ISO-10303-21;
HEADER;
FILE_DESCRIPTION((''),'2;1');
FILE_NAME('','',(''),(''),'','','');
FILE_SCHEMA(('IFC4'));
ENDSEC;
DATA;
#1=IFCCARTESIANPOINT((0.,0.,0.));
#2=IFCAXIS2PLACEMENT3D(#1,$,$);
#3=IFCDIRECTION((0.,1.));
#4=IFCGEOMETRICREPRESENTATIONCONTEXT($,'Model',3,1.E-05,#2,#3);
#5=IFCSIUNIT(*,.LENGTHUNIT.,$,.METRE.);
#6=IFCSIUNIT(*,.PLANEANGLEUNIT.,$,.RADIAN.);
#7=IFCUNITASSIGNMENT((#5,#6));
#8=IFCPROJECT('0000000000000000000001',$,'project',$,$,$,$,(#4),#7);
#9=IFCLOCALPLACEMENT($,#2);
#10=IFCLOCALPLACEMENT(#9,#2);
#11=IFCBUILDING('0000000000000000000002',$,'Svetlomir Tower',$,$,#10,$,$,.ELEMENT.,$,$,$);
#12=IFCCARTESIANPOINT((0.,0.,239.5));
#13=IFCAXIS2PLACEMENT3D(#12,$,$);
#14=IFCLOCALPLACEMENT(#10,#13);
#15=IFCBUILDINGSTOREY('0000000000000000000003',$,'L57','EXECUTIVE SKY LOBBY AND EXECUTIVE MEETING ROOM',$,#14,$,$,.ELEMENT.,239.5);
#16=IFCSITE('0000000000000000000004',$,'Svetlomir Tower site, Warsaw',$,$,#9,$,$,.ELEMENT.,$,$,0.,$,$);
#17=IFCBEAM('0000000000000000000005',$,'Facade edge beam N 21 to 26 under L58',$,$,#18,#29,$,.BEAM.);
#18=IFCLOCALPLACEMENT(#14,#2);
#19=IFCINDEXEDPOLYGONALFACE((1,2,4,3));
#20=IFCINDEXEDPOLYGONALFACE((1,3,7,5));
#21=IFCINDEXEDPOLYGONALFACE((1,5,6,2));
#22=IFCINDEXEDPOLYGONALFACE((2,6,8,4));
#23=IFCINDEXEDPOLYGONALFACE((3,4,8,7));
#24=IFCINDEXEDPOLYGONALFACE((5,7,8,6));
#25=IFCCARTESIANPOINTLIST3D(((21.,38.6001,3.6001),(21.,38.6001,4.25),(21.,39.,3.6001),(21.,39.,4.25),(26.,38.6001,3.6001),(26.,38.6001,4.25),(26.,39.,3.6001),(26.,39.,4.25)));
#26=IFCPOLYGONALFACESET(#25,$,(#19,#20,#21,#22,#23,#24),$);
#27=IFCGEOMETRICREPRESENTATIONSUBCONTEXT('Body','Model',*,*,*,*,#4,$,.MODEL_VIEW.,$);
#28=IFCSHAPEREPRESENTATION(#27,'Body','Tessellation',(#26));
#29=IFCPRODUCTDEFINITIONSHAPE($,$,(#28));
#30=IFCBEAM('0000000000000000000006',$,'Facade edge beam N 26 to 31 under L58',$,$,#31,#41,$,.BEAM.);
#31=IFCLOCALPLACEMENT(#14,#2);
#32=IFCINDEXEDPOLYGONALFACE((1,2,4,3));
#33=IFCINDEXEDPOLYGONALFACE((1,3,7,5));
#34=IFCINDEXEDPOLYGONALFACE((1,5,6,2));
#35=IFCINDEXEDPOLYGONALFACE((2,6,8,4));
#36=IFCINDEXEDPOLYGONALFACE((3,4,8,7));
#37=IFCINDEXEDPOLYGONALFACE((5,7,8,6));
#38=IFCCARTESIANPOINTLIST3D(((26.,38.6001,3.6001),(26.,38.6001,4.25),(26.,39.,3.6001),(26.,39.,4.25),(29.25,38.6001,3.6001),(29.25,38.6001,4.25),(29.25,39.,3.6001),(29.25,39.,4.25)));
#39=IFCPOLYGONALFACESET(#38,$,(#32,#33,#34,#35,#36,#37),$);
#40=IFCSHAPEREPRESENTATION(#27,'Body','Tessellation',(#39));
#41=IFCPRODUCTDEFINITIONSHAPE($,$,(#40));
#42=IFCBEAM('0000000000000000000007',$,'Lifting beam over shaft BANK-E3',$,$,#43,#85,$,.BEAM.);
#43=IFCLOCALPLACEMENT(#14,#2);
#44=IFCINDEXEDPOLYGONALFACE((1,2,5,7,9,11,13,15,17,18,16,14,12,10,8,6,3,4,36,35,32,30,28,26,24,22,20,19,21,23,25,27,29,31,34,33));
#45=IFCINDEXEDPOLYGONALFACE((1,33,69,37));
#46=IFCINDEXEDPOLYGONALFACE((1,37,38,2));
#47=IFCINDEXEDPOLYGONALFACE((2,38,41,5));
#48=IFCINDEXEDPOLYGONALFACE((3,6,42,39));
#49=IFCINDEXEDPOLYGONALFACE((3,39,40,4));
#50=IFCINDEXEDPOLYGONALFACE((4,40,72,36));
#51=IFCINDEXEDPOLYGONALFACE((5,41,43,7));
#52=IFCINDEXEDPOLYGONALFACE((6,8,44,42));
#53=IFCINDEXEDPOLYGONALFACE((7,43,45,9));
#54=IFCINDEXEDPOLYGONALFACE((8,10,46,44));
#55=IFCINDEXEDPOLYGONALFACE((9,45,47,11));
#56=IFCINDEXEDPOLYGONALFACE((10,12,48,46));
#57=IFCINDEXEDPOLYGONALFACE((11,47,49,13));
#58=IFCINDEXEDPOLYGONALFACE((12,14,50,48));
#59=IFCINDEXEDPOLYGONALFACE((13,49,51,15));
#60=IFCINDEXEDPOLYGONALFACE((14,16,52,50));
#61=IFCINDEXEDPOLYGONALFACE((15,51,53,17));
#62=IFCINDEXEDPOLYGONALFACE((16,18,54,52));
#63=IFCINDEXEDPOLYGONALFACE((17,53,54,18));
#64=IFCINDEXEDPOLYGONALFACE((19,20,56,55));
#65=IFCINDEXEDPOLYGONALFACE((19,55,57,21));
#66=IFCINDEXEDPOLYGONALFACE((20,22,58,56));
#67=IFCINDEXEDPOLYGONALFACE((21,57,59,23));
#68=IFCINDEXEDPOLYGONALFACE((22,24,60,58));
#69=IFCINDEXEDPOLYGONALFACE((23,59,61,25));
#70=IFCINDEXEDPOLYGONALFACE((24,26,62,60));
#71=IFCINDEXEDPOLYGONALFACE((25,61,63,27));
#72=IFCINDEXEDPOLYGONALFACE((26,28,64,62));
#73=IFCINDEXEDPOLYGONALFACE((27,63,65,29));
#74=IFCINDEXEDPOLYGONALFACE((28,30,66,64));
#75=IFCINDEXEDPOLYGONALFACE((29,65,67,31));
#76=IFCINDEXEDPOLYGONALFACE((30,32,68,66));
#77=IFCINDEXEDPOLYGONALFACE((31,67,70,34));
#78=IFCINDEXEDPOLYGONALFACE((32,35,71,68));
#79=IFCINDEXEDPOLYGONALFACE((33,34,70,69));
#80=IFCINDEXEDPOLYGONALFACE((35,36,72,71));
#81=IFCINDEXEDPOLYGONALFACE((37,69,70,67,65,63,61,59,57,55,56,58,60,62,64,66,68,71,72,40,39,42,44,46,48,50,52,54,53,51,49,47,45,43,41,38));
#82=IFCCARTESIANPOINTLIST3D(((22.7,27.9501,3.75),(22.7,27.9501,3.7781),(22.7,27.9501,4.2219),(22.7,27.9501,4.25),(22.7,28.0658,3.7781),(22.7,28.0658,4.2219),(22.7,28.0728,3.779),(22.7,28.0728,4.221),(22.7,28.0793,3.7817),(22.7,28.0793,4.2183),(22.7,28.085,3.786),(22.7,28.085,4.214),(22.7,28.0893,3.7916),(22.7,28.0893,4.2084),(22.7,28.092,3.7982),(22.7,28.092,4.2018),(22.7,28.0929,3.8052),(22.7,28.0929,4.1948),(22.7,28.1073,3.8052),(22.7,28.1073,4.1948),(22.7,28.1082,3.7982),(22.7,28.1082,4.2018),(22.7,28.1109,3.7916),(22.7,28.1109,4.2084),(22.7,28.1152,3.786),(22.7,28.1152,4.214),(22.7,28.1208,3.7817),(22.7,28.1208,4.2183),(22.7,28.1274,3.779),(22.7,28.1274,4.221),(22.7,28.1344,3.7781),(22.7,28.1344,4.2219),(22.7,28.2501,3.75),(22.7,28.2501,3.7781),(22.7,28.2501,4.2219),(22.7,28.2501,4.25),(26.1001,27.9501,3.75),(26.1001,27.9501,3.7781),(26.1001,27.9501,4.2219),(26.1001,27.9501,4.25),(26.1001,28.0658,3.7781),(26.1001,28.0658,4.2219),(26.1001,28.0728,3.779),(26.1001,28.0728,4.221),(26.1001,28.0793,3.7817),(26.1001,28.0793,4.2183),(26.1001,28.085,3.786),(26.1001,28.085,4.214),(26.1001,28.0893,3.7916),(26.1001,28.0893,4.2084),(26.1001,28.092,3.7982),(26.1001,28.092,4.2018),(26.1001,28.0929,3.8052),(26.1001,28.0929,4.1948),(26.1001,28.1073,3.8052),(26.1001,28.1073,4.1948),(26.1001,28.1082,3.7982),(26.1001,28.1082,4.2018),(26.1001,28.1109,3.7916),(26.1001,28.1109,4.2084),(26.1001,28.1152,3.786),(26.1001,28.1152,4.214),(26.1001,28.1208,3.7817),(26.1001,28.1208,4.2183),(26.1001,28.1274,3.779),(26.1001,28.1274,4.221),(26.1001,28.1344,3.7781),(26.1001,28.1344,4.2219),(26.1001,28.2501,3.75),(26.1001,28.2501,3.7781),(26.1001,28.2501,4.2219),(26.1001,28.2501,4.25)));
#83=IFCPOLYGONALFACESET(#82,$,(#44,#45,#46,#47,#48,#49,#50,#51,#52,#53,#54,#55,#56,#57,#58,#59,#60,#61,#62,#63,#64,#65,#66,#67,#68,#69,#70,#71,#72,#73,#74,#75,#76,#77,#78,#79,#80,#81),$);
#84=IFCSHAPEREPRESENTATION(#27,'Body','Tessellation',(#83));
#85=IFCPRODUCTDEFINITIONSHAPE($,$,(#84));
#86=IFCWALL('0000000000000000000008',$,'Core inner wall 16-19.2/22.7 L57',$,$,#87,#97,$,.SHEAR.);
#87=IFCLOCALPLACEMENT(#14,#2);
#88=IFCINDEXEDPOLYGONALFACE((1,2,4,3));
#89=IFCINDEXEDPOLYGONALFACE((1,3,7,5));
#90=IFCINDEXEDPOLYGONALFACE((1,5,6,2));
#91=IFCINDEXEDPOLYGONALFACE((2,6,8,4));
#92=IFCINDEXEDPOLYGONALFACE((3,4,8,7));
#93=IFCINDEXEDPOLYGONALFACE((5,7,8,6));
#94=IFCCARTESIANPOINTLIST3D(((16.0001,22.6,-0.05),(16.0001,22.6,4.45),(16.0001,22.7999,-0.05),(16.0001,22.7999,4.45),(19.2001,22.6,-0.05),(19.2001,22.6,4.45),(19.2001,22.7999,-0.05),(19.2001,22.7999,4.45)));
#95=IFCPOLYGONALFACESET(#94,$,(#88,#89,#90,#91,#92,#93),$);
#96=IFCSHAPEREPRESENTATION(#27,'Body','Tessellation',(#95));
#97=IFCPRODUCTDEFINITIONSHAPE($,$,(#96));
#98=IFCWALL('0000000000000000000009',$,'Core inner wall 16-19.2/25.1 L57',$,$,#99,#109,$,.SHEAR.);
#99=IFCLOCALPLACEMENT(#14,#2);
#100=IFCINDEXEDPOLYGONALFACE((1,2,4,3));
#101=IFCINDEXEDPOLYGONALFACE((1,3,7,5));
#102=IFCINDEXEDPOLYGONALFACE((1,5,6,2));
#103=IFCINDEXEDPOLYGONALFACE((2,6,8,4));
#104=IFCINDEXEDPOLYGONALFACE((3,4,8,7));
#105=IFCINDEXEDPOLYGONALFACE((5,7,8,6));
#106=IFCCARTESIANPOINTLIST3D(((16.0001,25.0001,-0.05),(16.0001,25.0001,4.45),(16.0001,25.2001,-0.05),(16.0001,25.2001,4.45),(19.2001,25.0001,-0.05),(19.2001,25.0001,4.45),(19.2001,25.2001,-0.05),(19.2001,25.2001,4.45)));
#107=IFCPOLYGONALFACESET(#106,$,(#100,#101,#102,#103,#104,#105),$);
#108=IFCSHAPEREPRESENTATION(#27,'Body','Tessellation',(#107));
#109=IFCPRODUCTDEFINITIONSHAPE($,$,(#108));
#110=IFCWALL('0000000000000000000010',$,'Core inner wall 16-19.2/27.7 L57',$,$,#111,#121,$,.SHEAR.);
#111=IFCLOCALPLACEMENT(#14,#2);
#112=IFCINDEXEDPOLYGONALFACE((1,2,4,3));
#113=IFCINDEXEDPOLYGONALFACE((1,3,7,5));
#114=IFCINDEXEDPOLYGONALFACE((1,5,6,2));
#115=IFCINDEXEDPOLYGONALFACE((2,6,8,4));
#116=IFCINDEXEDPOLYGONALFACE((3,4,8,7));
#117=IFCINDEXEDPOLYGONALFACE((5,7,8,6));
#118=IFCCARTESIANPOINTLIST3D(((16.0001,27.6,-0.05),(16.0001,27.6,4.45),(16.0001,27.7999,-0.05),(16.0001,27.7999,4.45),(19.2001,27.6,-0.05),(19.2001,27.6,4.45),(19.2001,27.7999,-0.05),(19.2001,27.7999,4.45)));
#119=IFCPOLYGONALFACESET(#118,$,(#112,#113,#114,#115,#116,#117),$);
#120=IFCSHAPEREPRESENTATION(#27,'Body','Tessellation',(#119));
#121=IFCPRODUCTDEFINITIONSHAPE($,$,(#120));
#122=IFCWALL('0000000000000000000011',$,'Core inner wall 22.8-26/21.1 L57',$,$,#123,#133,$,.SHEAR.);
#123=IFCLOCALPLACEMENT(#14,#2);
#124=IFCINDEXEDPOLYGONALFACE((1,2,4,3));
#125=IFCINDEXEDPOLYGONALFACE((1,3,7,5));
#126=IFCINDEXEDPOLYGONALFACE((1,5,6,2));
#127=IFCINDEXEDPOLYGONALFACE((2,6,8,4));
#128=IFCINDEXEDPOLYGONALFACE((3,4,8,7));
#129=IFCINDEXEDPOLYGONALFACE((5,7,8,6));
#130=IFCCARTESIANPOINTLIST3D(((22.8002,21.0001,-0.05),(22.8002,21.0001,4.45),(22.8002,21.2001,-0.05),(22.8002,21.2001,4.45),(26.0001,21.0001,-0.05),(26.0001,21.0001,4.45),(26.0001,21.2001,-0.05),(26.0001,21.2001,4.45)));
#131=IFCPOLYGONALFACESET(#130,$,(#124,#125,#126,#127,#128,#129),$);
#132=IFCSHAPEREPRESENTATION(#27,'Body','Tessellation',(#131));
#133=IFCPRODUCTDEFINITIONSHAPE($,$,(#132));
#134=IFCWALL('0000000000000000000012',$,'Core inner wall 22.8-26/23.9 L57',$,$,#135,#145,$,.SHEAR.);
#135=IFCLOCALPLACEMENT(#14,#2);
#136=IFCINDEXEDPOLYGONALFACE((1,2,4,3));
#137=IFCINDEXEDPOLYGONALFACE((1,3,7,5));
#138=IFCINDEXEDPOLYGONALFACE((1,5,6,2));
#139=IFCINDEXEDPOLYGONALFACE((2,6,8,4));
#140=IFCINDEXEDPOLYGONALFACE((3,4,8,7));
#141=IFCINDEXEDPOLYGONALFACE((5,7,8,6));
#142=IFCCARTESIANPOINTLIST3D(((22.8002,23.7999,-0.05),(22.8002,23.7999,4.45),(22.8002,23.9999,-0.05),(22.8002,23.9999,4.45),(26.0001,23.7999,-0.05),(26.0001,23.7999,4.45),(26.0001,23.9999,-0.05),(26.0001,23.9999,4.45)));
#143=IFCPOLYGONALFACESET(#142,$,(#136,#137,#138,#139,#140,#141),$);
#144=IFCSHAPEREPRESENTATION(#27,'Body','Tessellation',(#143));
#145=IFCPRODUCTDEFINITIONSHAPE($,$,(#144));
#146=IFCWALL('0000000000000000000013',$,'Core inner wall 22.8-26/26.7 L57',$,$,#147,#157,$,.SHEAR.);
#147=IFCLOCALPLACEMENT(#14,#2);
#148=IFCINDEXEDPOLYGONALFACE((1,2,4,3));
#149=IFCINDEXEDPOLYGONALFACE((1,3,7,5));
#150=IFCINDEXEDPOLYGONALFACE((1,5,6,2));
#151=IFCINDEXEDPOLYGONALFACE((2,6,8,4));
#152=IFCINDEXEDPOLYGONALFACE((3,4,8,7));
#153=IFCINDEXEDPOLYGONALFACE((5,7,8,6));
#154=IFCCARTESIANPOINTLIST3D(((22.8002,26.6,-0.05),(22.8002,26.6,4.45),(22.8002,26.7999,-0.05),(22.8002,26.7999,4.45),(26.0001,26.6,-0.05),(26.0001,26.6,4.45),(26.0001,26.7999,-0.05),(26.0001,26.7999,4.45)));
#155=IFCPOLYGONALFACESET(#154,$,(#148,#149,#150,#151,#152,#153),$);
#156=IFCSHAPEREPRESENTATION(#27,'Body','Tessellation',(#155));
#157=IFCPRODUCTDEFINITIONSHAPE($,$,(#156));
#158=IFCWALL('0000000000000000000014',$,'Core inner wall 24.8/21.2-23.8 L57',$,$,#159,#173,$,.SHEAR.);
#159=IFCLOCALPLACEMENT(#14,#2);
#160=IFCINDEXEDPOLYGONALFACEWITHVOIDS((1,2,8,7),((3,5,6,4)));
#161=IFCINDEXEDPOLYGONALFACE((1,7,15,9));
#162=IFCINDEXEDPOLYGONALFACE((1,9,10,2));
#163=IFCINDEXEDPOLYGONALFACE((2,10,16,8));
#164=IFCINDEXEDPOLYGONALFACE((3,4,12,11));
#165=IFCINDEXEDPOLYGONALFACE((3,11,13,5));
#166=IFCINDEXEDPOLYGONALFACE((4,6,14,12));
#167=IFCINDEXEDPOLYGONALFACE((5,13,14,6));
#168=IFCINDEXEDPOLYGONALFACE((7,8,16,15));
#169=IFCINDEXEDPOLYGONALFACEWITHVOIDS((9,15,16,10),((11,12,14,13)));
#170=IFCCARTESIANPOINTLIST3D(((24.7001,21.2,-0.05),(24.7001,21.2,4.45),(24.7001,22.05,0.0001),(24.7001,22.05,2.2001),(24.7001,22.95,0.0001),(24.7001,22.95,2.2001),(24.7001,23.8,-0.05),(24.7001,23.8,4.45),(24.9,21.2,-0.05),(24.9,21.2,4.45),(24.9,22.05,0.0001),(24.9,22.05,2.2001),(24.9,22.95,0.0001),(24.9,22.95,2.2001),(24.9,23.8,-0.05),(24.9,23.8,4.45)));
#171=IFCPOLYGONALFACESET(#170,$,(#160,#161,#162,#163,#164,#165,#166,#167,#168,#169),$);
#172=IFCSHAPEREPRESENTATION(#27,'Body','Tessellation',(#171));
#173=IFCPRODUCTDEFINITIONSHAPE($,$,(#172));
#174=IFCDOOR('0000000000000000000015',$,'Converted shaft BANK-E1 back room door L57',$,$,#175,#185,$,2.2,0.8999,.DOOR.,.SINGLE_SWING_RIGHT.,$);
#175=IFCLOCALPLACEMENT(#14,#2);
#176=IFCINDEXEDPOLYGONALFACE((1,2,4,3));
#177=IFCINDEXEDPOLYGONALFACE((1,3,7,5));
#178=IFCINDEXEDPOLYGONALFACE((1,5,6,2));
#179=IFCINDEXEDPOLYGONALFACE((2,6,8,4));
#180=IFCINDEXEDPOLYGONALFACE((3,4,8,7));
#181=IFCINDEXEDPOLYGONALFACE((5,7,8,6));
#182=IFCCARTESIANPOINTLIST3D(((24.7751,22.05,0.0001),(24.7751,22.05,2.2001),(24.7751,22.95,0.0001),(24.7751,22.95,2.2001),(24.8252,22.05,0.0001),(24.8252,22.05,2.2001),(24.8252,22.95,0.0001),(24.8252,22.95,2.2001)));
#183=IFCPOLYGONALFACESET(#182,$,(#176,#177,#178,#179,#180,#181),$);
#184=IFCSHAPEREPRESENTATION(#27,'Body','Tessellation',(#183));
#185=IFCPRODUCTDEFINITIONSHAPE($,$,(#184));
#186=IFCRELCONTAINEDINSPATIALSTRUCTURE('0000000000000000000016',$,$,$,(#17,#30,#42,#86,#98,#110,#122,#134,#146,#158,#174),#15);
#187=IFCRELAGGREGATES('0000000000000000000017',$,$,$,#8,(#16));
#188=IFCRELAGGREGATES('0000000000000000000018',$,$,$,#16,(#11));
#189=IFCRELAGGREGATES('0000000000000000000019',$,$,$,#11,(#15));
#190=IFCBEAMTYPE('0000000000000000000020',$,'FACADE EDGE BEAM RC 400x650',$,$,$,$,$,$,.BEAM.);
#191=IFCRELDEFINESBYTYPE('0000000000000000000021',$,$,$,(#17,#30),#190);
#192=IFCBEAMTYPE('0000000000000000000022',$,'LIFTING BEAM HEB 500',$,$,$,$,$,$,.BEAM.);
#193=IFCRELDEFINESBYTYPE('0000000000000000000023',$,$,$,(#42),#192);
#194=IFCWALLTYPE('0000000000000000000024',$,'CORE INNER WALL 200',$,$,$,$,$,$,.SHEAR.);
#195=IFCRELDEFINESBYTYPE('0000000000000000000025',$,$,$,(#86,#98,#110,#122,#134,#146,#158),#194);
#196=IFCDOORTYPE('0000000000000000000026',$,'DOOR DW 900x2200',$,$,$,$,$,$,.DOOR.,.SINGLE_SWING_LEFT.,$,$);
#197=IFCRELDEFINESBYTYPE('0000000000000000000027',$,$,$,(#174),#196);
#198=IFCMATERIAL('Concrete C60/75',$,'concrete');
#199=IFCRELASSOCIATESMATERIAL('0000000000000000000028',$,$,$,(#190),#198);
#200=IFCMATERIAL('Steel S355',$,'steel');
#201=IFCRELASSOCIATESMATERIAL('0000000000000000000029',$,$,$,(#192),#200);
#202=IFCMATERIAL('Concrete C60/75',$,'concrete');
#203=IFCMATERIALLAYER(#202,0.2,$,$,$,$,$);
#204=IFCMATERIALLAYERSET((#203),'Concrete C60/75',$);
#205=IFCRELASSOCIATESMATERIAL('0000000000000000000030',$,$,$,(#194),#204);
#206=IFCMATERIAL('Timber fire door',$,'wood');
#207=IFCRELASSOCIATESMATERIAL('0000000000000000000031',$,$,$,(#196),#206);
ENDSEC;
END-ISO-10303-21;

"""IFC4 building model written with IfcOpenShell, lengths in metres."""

from ifc_helpers import new_model, si_unit, direction, frame, frame_2d, origin, origin_2d, place, context, subcontext, project, spatial, rectangle, i_section, extrude, material, layer, layer_set, material_profile, profile_set, type_object, element, fill, save


model = new_model("IFC4")

# Units and contexts
model_context = context("Model", 3, precision=1e-05, world=origin(), true_north=direction((0.0, 1.0)))
body_context = subcontext(model_context, "Body", "Model", "MODEL_VIEW")
ifc_project = project(units=[si_unit("LENGTHUNIT", "METRE"), si_unit("PLANEANGLEUNIT", "RADIAN")], contexts=[model_context])

# Site, building, storey
site_placement = place(None, origin())
site = spatial("IfcSite", under=ifc_project, at=site_placement, Name="Svetlomir Tower site, Warsaw", CompositionType="ELEMENT", RefElevation=0.0)
building_placement = place(site_placement, origin())
building = spatial("IfcBuilding", under=site, at=building_placement, Name="Svetlomir Tower", CompositionType="ELEMENT")
storey_placement = place(building_placement, frame((0.0, 0.0, 239.5)))
storey = spatial("IfcBuildingStorey", under=building, at=storey_placement, Name="L57", Description="EXECUTIVE SKY LOBBY AND EXECUTIVE MEETING ROOM", CompositionType="ELEMENT", Elevation=239.5)

# Beams
ifc_material_1 = material(Name="Concrete C60/75", Category="concrete")
ifc_material_profile_1 = material_profile(ifc_material_1, rectangle(XDim=0.3999, YDim=0.6499, at=origin_2d()), Name="RC 400x650")
ifc_profile_set_1 = profile_set([ifc_material_profile_1], Name="Concrete C60/75")
beam_type_1 = type_object("IfcBeamType", Name="FACADE EDGE BEAM RC 400x650", PredefinedType="BEAM", material=ifc_profile_set_1)
beam_1_placement = place(storey_placement, frame((21.0, 38.8, 3.925), z_axis=(1.0, 0.0, 0.0), x_axis=(0.0, 1.0, 0.0)))
element("IfcBeam", 1, at=beam_1_placement, inside=storey, type_object=beam_type_1, Name="Facade edge beam N 21 to 26 under L58", PredefinedType="BEAM", context=body_context, shape_type="SweptSolid", body=[
    extrude(rectangle(XDim=0.3999, YDim=0.6499, at=origin_2d()), origin(), (0.0, 0.0, 1.0), 5.0),
])
beam_2_placement = place(storey_placement, frame((26.0, 38.8, 3.925), z_axis=(1.0, 0.0, 0.0), x_axis=(0.0, 1.0, 0.0)))
element("IfcBeam", 2, at=beam_2_placement, inside=storey, type_object=beam_type_1, Name="Facade edge beam N 26 to 31 under L58", PredefinedType="BEAM", context=body_context, shape_type="SweptSolid", body=[
    extrude(rectangle(XDim=0.3999, YDim=0.6499, at=origin_2d()), origin(), (0.0, 0.0, 1.0), 3.25),
])
ifc_material_2 = material(Name="Steel S355", Category="steel")
ifc_material_profile_2 = material_profile(ifc_material_2, i_section(OverallWidth=0.3, OverallDepth=0.5, WebThickness=0.0144, FlangeThickness=0.0281, FilletRadius=0.0271, at=origin_2d()), Name="HEB 500")
ifc_profile_set_2 = profile_set([ifc_material_profile_2], Name="Steel S355")
beam_type_2 = type_object("IfcBeamType", Name="LIFTING BEAM HEB 500", PredefinedType="BEAM", material=ifc_profile_set_2)
beam_3_placement = place(storey_placement, frame((22.7, 28.1001, 4.0), z_axis=(1.0, 0.0, 0.0), x_axis=(0.0, 1.0, 0.0)))
element("IfcBeam", 3, at=beam_3_placement, inside=storey, type_object=beam_type_2, Name="Lifting beam over shaft BANK-E3", PredefinedType="BEAM", context=body_context, shape_type="SweptSolid", body=[
    extrude(i_section(OverallWidth=0.3, OverallDepth=0.5, WebThickness=0.0144, FlangeThickness=0.0281, FilletRadius=0.0271, at=origin_2d()), origin(), (0.0, 0.0, 1.0), 3.4001),
])

# Walls
ifc_material_3 = material(Name="Concrete C60/75", Category="concrete")
ifc_layer_1 = layer(ifc_material_3, 0.2)
ifc_layer_set_1 = layer_set([ifc_layer_1], Name="Concrete C60/75")
wall_type_1 = type_object("IfcWallType", Name="CORE INNER WALL 200", PredefinedType="SHEAR", material=ifc_layer_set_1)
for number, where, z_axis, x_axis, name in (
    (4, (16.0, 22.7, -0.05), (0.0, 0.0, 1.0), (1.0, 0.0, 0.0), "Core inner wall 16-19.2/22.7 L57"),
    (5, (16.0, 25.1001, -0.05), (0.0, 0.0, 1.0), (1.0, 0.0, 0.0), "Core inner wall 16-19.2/25.1 L57"),
    (6, (16.0, 27.7, -0.05), (0.0, 0.0, 1.0), (1.0, 0.0, 0.0), "Core inner wall 16-19.2/27.7 L57"),
    (7, (22.8, 21.1001, -0.05), (0.0, 0.0, 1.0), (1.0, 0.0, 0.0), "Core inner wall 22.8-26/21.1 L57"),
    (8, (22.8, 23.8999, -0.05), (0.0, 0.0, 1.0), (1.0, 0.0, 0.0), "Core inner wall 22.8-26/23.9 L57"),
    (9, (22.8, 26.7, -0.05), (0.0, 0.0, 1.0), (1.0, 0.0, 0.0), "Core inner wall 22.8-26/26.7 L57"),
):
    element("IfcWall", number, at=place(storey_placement, frame(where, z_axis=z_axis, x_axis=x_axis)), inside=storey, type_object=wall_type_1, Name=name, PredefinedType="SHEAR", context=body_context, shape_type="SweptSolid", body=[
        extrude(rectangle(XDim=3.2, YDim=0.2, at=frame_2d((1.6001, 0.0))), origin(), (0.0, 0.0, 1.0), 4.5),
    ])

# Wall, opening, door
wall_1_placement = place(storey_placement, frame((24.8, 21.2, -0.05), z_axis=(0.0, 0.0, 1.0), x_axis=(0.0, 1.0, 0.0)))
wall_1 = element("IfcWall", 10, at=wall_1_placement, inside=storey, type_object=wall_type_1, Name="Core inner wall 24.8/21.2-23.8 L57", PredefinedType="SHEAR", context=body_context, shape_type="SweptSolid", body=[
    extrude(rectangle(XDim=2.6001, YDim=0.2, at=frame_2d((1.3, 0.0))), origin(), (0.0, 0.0, 1.0), 4.5),
])
opening_1_placement = place(wall_1_placement, frame((0.8501, 0.0, 0.05)))
opening_1 = element("IfcOpeningElement", 11, at=opening_1_placement, cuts=wall_1, PredefinedType="OPENING", context=body_context, shape_type="SweptSolid", body=[
    extrude(rectangle(XDim=0.8999, YDim=2.2, at=frame_2d((0.45, 1.1001))), frame((0.0, 0.1099, 0.0), z_axis=(0.0, -1.0, 0.0), x_axis=(1.0, 0.0, 0.0)), (0.0, 0.0, 1.0), 0.22),
])
ifc_material_4 = material(Name="Timber fire door", Category="wood")
door_type_1 = type_object("IfcDoorType", Name="DOOR DW 900x2200", OperationType="SINGLE_SWING_LEFT", PredefinedType="DOOR", material=ifc_material_4)
door_1_placement = place(opening_1_placement, origin())
door_1 = element("IfcDoor", 12, at=door_1_placement, inside=storey, type_object=door_type_1, Name="Converted shaft BANK-E1 back room door L57", OperationType="SINGLE_SWING_RIGHT", OverallHeight=2.2, OverallWidth=0.8999, PredefinedType="DOOR", context=body_context, shape_type="SweptSolid", body=[
    extrude(rectangle(XDim=0.8999, YDim=2.2, at=frame_2d((0.45, 1.1001))), frame((0.0, 0.0249, 0.0), z_axis=(0.0, -1.0, 0.0), x_axis=(1.0, 0.0, 0.0)), (0.0, 0.0, 1.0), 0.05),
])
fill(opening_1, door_1)

save(model, "model.ifc")
